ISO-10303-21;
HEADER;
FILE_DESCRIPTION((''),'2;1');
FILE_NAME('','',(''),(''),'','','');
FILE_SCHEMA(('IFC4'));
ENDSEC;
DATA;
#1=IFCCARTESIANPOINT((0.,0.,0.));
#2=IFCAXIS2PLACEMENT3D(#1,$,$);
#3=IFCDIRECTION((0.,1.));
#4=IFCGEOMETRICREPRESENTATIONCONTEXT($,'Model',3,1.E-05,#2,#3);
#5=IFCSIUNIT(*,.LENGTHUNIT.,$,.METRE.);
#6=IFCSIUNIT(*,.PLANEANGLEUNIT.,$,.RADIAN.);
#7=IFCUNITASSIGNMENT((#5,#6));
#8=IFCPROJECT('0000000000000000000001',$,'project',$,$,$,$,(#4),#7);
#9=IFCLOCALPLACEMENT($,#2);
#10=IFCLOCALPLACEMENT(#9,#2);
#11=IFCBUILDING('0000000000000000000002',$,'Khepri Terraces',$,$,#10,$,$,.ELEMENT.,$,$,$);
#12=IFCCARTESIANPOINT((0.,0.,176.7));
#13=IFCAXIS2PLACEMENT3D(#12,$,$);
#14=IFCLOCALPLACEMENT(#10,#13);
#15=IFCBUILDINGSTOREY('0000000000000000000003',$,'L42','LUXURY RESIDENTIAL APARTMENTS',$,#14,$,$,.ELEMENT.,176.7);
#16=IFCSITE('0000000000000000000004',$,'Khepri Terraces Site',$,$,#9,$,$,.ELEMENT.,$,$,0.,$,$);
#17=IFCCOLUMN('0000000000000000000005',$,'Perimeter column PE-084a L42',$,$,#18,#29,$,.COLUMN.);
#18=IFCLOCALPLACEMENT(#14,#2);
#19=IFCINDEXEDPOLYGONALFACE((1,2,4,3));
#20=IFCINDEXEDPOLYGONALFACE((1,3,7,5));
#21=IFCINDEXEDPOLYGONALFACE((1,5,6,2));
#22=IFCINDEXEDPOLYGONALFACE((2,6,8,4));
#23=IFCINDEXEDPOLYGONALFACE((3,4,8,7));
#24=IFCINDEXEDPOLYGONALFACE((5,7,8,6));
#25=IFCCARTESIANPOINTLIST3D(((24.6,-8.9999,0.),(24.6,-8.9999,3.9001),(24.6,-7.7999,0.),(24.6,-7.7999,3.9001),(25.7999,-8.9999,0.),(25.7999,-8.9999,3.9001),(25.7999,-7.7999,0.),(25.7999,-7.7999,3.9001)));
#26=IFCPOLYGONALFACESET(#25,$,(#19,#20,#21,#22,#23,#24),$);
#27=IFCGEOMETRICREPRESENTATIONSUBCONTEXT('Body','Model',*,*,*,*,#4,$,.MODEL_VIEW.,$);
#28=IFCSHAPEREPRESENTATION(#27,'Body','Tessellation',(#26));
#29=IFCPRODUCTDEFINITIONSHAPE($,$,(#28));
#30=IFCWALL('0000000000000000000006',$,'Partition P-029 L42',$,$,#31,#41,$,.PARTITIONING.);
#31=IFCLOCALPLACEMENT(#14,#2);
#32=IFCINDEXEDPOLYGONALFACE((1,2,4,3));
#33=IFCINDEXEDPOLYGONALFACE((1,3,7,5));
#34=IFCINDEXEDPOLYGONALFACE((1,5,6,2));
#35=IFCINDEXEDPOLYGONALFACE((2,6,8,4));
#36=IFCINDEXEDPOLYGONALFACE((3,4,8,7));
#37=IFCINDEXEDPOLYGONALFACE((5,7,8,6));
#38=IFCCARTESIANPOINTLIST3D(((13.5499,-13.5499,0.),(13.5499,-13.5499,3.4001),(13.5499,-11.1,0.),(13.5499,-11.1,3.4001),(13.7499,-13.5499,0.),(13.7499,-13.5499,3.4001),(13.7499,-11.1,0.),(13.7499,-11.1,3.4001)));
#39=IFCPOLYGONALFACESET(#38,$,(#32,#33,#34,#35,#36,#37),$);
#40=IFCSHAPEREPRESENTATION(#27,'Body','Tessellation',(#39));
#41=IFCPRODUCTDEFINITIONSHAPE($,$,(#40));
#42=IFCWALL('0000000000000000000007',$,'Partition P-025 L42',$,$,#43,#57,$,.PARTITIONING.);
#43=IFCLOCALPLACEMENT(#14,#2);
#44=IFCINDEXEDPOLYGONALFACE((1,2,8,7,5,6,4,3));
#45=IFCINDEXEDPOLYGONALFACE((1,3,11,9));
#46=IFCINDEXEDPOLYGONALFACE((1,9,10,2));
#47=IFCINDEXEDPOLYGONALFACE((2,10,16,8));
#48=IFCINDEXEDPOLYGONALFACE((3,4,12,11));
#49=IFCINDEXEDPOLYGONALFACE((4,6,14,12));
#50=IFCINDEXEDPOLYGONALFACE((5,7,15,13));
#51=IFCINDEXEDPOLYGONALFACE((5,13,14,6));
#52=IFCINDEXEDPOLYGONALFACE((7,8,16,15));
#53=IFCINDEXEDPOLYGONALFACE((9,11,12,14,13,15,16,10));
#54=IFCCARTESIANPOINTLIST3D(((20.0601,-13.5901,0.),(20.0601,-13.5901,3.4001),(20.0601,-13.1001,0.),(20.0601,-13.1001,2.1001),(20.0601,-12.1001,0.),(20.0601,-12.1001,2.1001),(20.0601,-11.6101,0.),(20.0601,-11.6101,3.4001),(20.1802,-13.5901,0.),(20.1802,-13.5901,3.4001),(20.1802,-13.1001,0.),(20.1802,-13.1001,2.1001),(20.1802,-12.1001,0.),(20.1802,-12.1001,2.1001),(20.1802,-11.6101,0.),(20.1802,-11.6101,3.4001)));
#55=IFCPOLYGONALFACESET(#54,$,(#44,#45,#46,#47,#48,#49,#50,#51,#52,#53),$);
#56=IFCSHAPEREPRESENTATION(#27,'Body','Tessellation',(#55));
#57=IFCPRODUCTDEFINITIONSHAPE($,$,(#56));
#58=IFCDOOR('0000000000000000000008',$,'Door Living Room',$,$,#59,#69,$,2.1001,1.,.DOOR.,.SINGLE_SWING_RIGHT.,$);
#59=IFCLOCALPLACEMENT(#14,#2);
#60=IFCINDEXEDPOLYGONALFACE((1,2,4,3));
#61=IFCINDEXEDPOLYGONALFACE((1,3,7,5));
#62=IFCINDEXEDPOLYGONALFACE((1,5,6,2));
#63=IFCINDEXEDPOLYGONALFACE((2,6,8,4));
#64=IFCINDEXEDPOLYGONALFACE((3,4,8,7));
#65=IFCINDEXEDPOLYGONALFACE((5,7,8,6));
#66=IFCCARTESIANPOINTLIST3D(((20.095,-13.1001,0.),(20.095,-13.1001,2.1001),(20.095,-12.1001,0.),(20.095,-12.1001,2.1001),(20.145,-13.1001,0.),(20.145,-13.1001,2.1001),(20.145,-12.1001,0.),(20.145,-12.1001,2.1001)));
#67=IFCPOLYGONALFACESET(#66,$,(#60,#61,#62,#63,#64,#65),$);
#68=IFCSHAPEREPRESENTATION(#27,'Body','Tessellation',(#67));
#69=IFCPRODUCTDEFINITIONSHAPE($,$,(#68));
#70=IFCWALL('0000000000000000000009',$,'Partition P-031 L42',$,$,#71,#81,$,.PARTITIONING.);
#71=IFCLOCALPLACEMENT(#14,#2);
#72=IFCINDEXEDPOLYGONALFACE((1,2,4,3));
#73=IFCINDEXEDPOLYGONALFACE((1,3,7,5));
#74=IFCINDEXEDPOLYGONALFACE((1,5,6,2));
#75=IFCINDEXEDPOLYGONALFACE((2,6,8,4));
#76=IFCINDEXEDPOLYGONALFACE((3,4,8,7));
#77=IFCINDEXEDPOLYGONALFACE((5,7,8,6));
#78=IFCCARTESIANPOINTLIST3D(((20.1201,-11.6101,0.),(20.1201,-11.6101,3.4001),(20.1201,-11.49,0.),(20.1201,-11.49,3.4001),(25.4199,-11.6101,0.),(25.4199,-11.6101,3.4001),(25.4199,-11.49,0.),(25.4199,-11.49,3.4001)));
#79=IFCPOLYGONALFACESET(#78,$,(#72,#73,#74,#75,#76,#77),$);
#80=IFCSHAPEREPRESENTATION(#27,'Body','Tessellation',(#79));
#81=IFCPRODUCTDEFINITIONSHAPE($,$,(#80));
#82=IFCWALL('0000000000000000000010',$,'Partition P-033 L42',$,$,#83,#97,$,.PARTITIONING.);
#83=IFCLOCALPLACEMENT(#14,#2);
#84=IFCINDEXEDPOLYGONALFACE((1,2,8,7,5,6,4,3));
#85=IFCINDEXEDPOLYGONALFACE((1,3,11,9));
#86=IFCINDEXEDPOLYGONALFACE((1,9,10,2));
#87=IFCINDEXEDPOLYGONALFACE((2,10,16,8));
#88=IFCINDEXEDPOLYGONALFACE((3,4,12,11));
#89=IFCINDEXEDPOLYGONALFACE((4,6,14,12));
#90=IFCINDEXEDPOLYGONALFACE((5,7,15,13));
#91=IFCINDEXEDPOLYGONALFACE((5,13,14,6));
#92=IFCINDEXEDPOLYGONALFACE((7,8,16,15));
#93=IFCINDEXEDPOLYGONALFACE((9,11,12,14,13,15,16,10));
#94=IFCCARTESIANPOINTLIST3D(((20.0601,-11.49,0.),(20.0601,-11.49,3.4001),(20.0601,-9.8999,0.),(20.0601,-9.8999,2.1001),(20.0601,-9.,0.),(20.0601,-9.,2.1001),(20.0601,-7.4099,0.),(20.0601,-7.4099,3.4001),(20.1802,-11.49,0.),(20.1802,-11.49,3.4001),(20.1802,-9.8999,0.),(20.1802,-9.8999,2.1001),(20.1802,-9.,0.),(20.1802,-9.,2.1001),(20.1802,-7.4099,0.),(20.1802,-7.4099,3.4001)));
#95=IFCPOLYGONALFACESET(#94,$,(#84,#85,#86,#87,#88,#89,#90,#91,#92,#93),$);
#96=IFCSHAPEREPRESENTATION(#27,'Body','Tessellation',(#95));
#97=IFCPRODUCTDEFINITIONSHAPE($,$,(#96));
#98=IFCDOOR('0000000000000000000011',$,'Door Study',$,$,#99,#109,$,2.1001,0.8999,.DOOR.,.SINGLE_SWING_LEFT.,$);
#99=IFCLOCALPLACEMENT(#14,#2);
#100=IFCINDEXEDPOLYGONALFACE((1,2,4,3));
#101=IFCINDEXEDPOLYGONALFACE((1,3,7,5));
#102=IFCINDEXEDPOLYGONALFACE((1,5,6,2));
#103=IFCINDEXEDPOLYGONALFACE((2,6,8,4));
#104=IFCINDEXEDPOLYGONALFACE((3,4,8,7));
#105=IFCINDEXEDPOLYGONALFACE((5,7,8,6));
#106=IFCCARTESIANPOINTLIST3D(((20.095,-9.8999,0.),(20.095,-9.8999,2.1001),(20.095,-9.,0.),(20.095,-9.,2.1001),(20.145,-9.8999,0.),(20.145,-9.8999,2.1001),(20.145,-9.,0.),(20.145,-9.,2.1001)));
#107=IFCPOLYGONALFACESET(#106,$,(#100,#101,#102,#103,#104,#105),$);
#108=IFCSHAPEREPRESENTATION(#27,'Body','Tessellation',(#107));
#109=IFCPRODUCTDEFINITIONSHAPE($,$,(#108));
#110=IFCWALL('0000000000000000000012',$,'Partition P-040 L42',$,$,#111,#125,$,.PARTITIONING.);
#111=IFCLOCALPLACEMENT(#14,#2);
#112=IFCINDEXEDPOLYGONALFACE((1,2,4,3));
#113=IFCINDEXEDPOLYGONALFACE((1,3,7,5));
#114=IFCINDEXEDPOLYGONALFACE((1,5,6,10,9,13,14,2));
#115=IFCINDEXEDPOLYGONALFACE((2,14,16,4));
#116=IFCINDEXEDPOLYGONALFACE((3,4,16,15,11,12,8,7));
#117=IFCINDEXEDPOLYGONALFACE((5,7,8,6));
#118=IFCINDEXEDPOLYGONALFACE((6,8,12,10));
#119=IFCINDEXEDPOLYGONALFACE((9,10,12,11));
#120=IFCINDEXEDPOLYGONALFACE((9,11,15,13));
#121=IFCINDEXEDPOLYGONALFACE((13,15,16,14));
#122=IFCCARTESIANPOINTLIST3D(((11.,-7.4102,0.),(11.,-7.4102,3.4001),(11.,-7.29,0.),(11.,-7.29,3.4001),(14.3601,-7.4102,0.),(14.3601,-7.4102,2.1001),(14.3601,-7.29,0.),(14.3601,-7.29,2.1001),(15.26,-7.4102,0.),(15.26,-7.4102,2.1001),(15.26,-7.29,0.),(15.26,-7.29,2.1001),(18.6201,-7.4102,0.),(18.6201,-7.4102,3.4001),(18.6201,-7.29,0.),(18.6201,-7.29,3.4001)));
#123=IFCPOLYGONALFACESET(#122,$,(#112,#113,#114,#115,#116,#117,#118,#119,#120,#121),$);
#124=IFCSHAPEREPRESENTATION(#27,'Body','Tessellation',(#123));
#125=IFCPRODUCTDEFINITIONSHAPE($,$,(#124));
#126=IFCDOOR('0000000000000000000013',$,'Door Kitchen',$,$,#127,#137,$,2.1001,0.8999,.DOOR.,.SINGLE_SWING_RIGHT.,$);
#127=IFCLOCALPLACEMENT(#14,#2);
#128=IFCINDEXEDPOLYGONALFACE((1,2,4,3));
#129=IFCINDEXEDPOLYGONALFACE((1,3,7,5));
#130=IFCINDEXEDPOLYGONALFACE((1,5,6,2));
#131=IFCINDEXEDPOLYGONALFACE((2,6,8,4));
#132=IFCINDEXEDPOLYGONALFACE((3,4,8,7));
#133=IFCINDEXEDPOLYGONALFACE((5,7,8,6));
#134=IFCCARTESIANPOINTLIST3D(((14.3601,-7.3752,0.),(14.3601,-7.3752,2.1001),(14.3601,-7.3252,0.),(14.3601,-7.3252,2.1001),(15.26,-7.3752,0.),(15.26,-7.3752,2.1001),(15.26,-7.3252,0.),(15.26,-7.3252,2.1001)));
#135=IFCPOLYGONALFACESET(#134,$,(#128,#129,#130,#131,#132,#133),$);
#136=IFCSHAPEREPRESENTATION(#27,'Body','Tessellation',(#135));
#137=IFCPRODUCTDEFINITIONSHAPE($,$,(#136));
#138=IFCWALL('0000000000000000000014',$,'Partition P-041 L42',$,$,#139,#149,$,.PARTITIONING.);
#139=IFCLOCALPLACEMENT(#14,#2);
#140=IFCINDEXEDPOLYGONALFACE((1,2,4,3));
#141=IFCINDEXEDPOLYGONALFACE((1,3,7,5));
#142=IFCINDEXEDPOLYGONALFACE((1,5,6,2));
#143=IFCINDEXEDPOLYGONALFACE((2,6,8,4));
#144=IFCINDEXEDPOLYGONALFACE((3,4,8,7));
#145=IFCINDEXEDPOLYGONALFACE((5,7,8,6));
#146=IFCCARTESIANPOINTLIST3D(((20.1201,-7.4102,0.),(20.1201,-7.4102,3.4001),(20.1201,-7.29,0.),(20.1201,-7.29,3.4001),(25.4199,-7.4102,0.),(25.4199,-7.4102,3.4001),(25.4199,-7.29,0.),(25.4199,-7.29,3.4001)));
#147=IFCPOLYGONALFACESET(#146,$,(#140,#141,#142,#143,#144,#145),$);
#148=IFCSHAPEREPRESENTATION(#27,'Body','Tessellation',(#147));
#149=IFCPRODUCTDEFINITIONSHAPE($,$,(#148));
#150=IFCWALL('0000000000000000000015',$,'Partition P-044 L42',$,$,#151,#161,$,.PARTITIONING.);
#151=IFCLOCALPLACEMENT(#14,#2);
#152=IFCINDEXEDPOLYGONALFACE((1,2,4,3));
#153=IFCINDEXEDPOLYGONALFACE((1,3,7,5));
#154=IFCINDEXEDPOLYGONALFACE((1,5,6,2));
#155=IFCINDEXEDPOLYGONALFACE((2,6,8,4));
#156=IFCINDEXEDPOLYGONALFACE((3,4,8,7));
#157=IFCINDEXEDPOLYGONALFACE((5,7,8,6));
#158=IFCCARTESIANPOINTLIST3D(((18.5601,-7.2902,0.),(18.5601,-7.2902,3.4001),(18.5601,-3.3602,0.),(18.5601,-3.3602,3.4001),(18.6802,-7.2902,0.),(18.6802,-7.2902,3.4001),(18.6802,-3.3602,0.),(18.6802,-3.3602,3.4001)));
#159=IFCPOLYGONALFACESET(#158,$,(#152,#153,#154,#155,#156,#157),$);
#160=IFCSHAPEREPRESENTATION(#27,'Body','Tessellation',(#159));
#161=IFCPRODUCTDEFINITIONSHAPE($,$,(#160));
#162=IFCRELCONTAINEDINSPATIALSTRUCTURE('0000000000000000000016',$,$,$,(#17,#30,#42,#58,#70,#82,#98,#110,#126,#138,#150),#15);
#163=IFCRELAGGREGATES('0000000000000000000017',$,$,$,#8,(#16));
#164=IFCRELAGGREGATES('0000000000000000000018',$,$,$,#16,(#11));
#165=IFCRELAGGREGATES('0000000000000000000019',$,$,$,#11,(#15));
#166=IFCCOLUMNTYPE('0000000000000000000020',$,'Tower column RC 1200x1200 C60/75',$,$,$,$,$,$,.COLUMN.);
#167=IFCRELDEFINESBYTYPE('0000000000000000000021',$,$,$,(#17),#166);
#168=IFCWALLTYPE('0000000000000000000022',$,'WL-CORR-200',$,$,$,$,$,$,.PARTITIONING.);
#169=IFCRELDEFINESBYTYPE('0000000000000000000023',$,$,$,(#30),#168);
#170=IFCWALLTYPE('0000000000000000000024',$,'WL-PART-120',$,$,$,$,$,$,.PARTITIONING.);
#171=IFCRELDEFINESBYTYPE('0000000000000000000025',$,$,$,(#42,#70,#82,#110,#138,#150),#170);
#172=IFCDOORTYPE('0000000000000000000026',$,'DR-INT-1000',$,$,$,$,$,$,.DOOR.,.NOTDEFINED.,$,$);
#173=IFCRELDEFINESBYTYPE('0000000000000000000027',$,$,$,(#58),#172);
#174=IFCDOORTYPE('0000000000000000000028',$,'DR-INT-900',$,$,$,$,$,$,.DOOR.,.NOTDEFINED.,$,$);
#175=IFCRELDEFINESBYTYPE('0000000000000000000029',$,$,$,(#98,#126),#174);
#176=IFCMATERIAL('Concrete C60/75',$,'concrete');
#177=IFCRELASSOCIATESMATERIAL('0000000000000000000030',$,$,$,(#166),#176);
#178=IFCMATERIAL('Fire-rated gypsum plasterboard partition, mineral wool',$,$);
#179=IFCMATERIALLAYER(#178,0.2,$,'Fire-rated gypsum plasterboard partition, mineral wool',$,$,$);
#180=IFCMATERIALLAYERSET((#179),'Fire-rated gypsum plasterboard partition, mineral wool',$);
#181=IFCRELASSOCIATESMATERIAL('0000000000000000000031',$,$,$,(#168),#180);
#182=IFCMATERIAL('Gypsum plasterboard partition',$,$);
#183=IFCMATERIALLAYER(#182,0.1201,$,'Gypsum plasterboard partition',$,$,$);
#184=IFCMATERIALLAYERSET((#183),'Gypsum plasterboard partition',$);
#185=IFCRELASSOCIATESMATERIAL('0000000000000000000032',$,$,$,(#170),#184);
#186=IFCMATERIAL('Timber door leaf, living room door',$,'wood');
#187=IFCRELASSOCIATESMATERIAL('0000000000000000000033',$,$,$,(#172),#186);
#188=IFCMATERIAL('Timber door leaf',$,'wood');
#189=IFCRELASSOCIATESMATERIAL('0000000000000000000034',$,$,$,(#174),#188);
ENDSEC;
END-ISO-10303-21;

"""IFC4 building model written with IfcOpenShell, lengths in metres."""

from ifc_helpers import new_model, si_unit, direction, frame, frame_2d, origin, origin_2d, place, context, subcontext, project, spatial, rectangle, extrude, material, layer, layer_set, material_profile, profile_set, type_object, element, fill, save


model = new_model("IFC4")

# Units and contexts
model_context = context("Model", 3, precision=1e-05, world=origin(), true_north=direction((0.0, 1.0)))
body_context = subcontext(model_context, "Body", "Model", "MODEL_VIEW")
ifc_project = project(units=[si_unit("LENGTHUNIT", "METRE"), si_unit("PLANEANGLEUNIT", "RADIAN")], contexts=[model_context])

# Site, building, storey
site_placement = place(None, origin())
site = spatial("IfcSite", under=ifc_project, at=site_placement, Name="Khepri Terraces Site", CompositionType="ELEMENT", RefElevation=0.0)
building_placement = place(site_placement, origin())
building = spatial("IfcBuilding", under=site, at=building_placement, Name="Khepri Terraces", CompositionType="ELEMENT")
storey_placement = place(building_placement, frame((0.0, 0.0, 176.7)))
storey = spatial("IfcBuildingStorey", under=building, at=storey_placement, Name="L42", Description="LUXURY RESIDENTIAL APARTMENTS", CompositionType="ELEMENT", Elevation=176.7)

# Column
ifc_material_1 = material(Name="Concrete C60/75", Category="concrete")
ifc_material_profile = material_profile(ifc_material_1, rectangle(XDim=1.2, YDim=1.2, at=origin_2d()), Name="Concrete C60/75", Category="concrete")
ifc_profile_set = profile_set([ifc_material_profile], Name="Concrete C60/75")
column_type = type_object("IfcColumnType", Name="Tower column RC 1200x1200 C60/75", PredefinedType="COLUMN", material=ifc_profile_set)
column_placement = place(storey_placement, frame((25.2, -8.3999, 0.0), z_axis=(0.0, 0.0, 1.0), x_axis=(1.0, 0.0, 0.0)))
element("IfcColumn", 1, at=column_placement, inside=storey, type_object=column_type, Name="Perimeter column PE-084a L42", PredefinedType="COLUMN", context=body_context, shape_type="SweptSolid", body=[
    extrude(rectangle(XDim=1.2, YDim=1.2, at=origin_2d()), origin(), (0.0, 0.0, 1.0), 3.9001),
])

# Wall
ifc_material_2 = material(Name="Fire-rated gypsum plasterboard partition, mineral wool")
ifc_layer_1 = layer(ifc_material_2, 0.2, Name="Fire-rated gypsum plasterboard partition, mineral wool")
ifc_layer_set_1 = layer_set([ifc_layer_1], Name="Fire-rated gypsum plasterboard partition, mineral wool")
wall_type_1 = type_object("IfcWallType", Name="WL-CORR-200", PredefinedType="PARTITIONING", material=ifc_layer_set_1)
wall_1_placement = place(storey_placement, frame((13.6499, -13.55, 0.0), z_axis=(0.0, 0.0, 1.0), x_axis=(0.0, 1.0, 0.0)))
element("IfcWall", 2, at=wall_1_placement, inside=storey, type_object=wall_type_1, Name="Partition P-029 L42", PredefinedType="PARTITIONING", context=body_context, shape_type="SweptSolid", body=[
    extrude(rectangle(XDim=2.45, YDim=0.2, at=frame_2d((1.2251, 0.0))), origin(), (0.0, 0.0, 1.0), 3.4001),
])

# Wall, opening, door
ifc_material_3 = material(Name="Gypsum plasterboard partition")
ifc_layer_2 = layer(ifc_material_3, 0.1201, Name="Gypsum plasterboard partition")
ifc_layer_set_2 = layer_set([ifc_layer_2], Name="Gypsum plasterboard partition")
wall_type_2 = type_object("IfcWallType", Name="WL-PART-120", PredefinedType="PARTITIONING", material=ifc_layer_set_2)
wall_2_placement = place(storey_placement, frame((20.1201, -13.5901, 0.0), z_axis=(0.0, 0.0, 1.0), x_axis=(0.0, 1.0, 0.0)))
wall_2 = element("IfcWall", 3, at=wall_2_placement, inside=storey, type_object=wall_type_2, Name="Partition P-025 L42", PredefinedType="PARTITIONING", context=body_context, shape_type="SweptSolid", body=[
    extrude(rectangle(XDim=1.98, YDim=0.1201, at=frame_2d((0.99, 0.0))), origin(), (0.0, 0.0, 1.0), 3.4001),
])
opening_1_placement = place(wall_2_placement, frame((0.49, 0.0, 0.0)))
opening_1 = element("IfcOpeningElement", 4, at=opening_1_placement, cuts=wall_2, PredefinedType="OPENING", context=body_context, shape_type="SweptSolid", body=[
    extrude(rectangle(XDim=1.0, YDim=2.1001, at=frame_2d((0.5, 1.05))), frame((0.0, 0.0701, 0.0), z_axis=(0.0, -1.0, 0.0), x_axis=(1.0, 0.0, 0.0)), (0.0, 0.0, 1.0), 0.1401),
])
ifc_material_4 = material(Name="Timber door leaf, living room door", Category="wood")
door_type_1 = type_object("IfcDoorType", Name="DR-INT-1000", OperationType="NOTDEFINED", PredefinedType="DOOR", material=ifc_material_4)
door_1_placement = place(opening_1_placement, frame((1.0, 0.0, 0.0), z_axis=(0.0, 0.0, 1.0), x_axis=(-1.0, 0.0, 0.0)))
door_1 = element("IfcDoor", 5, at=door_1_placement, inside=storey, type_object=door_type_1, Name="Door Living Room", OperationType="SINGLE_SWING_RIGHT", OverallHeight=2.1001, OverallWidth=1.0, PredefinedType="DOOR", context=body_context, shape_type="SweptSolid", body=[
    extrude(rectangle(XDim=1.0, YDim=2.1001, at=frame_2d((0.5, 1.05))), frame((0.0, 0.0249, 0.0), z_axis=(0.0, -1.0, 0.0), x_axis=(1.0, 0.0, 0.0)), (0.0, 0.0, 1.0), 0.05),
])
fill(opening_1, door_1)

# Wall
wall_3_placement = place(storey_placement, frame((20.1201, -11.55, 0.0), z_axis=(0.0, 0.0, 1.0), x_axis=(1.0, 0.0, 0.0)))
element("IfcWall", 6, at=wall_3_placement, inside=storey, type_object=wall_type_2, Name="Partition P-031 L42", PredefinedType="PARTITIONING", context=body_context, shape_type="SweptSolid", body=[
    extrude(rectangle(XDim=5.2998, YDim=0.1201, at=frame_2d((2.6499, 0.0))), origin(), (0.0, 0.0, 1.0), 3.4001),
])

# Walls, openings, doors
wall_4_placement = place(storey_placement, frame((20.1201, -11.49, 0.0), z_axis=(0.0, 0.0, 1.0), x_axis=(0.0, 1.0, 0.0)))
wall_4 = element("IfcWall", 7, at=wall_4_placement, inside=storey, type_object=wall_type_2, Name="Partition P-033 L42", PredefinedType="PARTITIONING", context=body_context, shape_type="SweptSolid", body=[
    extrude(rectangle(XDim=4.0801, YDim=0.1201, at=frame_2d((2.04, 0.0))), origin(), (0.0, 0.0, 1.0), 3.4001),
])
opening_2_placement = place(wall_4_placement, frame((1.5901, 0.0, 0.0)))
opening_2 = element("IfcOpeningElement", 8, at=opening_2_placement, cuts=wall_4, PredefinedType="OPENING", context=body_context, shape_type="SweptSolid", body=[
    extrude(rectangle(XDim=0.8999, YDim=2.1001, at=frame_2d((0.45, 1.05))), frame((0.0, 0.0701, 0.0), z_axis=(0.0, -1.0, 0.0), x_axis=(1.0, 0.0, 0.0)), (0.0, 0.0, 1.0), 0.1401),
])
ifc_material_5 = material(Name="Timber door leaf", Category="wood")
door_type_2 = type_object("IfcDoorType", Name="DR-INT-900", OperationType="NOTDEFINED", PredefinedType="DOOR", material=ifc_material_5)
door_2_placement = place(opening_2_placement, frame((0.8999, 0.0, 0.0), z_axis=(0.0, 0.0, 1.0), x_axis=(-1.0, 0.0, 0.0)))
door_2 = element("IfcDoor", 9, at=door_2_placement, inside=storey, type_object=door_type_2, Name="Door Study", OperationType="SINGLE_SWING_LEFT", OverallHeight=2.1001, OverallWidth=0.8999, PredefinedType="DOOR", context=body_context, shape_type="SweptSolid", body=[
    extrude(rectangle(XDim=0.8999, YDim=2.1001, at=frame_2d((0.45, 1.05))), frame((0.0, 0.0249, 0.0), z_axis=(0.0, -1.0, 0.0), x_axis=(1.0, 0.0, 0.0)), (0.0, 0.0, 1.0), 0.05),
])
fill(opening_2, door_2)
wall_5_placement = place(storey_placement, frame((11.0, -7.3501, 0.0), z_axis=(0.0, 0.0, 1.0), x_axis=(1.0, 0.0, 0.0)))
wall_5 = element("IfcWall", 10, at=wall_5_placement, inside=storey, type_object=wall_type_2, Name="Partition P-040 L42", PredefinedType="PARTITIONING", context=body_context, shape_type="SweptSolid", body=[
    extrude(rectangle(XDim=7.6201, YDim=0.1201, at=frame_2d((3.8101, 0.0))), origin(), (0.0, 0.0, 1.0), 3.4001),
])
opening_3_placement = place(wall_5_placement, frame((3.3601, 0.0, 0.0)))
opening_3 = element("IfcOpeningElement", 11, at=opening_3_placement, cuts=wall_5, PredefinedType="OPENING", context=body_context, shape_type="SweptSolid", body=[
    extrude(rectangle(XDim=0.8999, YDim=2.1001, at=frame_2d((0.45, 1.05))), frame((0.0, 0.0701, 0.0), z_axis=(0.0, -1.0, 0.0), x_axis=(1.0, 0.0, 0.0)), (0.0, 0.0, 1.0), 0.1401),
])
door_3_placement = place(opening_3_placement, origin())
door_3 = element("IfcDoor", 12, at=door_3_placement, inside=storey, type_object=door_type_2, Name="Door Kitchen", OperationType="SINGLE_SWING_RIGHT", OverallHeight=2.1001, OverallWidth=0.8999, PredefinedType="DOOR", context=body_context, shape_type="SweptSolid", body=[
    extrude(rectangle(XDim=0.8999, YDim=2.1001, at=frame_2d((0.45, 1.05))), frame((0.0, 0.0249, 0.0), z_axis=(0.0, -1.0, 0.0), x_axis=(1.0, 0.0, 0.0)), (0.0, 0.0, 1.0), 0.05),
])
fill(opening_3, door_3)

# Walls
wall_6_placement = place(storey_placement, frame((20.1201, -7.3501, 0.0), z_axis=(0.0, 0.0, 1.0), x_axis=(1.0, 0.0, 0.0)))
element("IfcWall", 13, at=wall_6_placement, inside=storey, type_object=wall_type_2, Name="Partition P-041 L42", PredefinedType="PARTITIONING", context=body_context, shape_type="SweptSolid", body=[
    extrude(rectangle(XDim=5.2998, YDim=0.1201, at=frame_2d((2.6499, 0.0))), origin(), (0.0, 0.0, 1.0), 3.4001),
])
wall_7_placement = place(storey_placement, frame((18.6201, -7.29, 0.0), z_axis=(0.0, 0.0, 1.0), x_axis=(0.0, 1.0, 0.0)))
element("IfcWall", 14, at=wall_7_placement, inside=storey, type_object=wall_type_2, Name="Partition P-044 L42", PredefinedType="PARTITIONING", context=body_context, shape_type="SweptSolid", body=[
    extrude(rectangle(XDim=3.9299, YDim=0.1201, at=frame_2d((1.9648, 0.0))), origin(), (0.0, 0.0, 1.0), 3.4001),
])

save(model, "model.ifc")
